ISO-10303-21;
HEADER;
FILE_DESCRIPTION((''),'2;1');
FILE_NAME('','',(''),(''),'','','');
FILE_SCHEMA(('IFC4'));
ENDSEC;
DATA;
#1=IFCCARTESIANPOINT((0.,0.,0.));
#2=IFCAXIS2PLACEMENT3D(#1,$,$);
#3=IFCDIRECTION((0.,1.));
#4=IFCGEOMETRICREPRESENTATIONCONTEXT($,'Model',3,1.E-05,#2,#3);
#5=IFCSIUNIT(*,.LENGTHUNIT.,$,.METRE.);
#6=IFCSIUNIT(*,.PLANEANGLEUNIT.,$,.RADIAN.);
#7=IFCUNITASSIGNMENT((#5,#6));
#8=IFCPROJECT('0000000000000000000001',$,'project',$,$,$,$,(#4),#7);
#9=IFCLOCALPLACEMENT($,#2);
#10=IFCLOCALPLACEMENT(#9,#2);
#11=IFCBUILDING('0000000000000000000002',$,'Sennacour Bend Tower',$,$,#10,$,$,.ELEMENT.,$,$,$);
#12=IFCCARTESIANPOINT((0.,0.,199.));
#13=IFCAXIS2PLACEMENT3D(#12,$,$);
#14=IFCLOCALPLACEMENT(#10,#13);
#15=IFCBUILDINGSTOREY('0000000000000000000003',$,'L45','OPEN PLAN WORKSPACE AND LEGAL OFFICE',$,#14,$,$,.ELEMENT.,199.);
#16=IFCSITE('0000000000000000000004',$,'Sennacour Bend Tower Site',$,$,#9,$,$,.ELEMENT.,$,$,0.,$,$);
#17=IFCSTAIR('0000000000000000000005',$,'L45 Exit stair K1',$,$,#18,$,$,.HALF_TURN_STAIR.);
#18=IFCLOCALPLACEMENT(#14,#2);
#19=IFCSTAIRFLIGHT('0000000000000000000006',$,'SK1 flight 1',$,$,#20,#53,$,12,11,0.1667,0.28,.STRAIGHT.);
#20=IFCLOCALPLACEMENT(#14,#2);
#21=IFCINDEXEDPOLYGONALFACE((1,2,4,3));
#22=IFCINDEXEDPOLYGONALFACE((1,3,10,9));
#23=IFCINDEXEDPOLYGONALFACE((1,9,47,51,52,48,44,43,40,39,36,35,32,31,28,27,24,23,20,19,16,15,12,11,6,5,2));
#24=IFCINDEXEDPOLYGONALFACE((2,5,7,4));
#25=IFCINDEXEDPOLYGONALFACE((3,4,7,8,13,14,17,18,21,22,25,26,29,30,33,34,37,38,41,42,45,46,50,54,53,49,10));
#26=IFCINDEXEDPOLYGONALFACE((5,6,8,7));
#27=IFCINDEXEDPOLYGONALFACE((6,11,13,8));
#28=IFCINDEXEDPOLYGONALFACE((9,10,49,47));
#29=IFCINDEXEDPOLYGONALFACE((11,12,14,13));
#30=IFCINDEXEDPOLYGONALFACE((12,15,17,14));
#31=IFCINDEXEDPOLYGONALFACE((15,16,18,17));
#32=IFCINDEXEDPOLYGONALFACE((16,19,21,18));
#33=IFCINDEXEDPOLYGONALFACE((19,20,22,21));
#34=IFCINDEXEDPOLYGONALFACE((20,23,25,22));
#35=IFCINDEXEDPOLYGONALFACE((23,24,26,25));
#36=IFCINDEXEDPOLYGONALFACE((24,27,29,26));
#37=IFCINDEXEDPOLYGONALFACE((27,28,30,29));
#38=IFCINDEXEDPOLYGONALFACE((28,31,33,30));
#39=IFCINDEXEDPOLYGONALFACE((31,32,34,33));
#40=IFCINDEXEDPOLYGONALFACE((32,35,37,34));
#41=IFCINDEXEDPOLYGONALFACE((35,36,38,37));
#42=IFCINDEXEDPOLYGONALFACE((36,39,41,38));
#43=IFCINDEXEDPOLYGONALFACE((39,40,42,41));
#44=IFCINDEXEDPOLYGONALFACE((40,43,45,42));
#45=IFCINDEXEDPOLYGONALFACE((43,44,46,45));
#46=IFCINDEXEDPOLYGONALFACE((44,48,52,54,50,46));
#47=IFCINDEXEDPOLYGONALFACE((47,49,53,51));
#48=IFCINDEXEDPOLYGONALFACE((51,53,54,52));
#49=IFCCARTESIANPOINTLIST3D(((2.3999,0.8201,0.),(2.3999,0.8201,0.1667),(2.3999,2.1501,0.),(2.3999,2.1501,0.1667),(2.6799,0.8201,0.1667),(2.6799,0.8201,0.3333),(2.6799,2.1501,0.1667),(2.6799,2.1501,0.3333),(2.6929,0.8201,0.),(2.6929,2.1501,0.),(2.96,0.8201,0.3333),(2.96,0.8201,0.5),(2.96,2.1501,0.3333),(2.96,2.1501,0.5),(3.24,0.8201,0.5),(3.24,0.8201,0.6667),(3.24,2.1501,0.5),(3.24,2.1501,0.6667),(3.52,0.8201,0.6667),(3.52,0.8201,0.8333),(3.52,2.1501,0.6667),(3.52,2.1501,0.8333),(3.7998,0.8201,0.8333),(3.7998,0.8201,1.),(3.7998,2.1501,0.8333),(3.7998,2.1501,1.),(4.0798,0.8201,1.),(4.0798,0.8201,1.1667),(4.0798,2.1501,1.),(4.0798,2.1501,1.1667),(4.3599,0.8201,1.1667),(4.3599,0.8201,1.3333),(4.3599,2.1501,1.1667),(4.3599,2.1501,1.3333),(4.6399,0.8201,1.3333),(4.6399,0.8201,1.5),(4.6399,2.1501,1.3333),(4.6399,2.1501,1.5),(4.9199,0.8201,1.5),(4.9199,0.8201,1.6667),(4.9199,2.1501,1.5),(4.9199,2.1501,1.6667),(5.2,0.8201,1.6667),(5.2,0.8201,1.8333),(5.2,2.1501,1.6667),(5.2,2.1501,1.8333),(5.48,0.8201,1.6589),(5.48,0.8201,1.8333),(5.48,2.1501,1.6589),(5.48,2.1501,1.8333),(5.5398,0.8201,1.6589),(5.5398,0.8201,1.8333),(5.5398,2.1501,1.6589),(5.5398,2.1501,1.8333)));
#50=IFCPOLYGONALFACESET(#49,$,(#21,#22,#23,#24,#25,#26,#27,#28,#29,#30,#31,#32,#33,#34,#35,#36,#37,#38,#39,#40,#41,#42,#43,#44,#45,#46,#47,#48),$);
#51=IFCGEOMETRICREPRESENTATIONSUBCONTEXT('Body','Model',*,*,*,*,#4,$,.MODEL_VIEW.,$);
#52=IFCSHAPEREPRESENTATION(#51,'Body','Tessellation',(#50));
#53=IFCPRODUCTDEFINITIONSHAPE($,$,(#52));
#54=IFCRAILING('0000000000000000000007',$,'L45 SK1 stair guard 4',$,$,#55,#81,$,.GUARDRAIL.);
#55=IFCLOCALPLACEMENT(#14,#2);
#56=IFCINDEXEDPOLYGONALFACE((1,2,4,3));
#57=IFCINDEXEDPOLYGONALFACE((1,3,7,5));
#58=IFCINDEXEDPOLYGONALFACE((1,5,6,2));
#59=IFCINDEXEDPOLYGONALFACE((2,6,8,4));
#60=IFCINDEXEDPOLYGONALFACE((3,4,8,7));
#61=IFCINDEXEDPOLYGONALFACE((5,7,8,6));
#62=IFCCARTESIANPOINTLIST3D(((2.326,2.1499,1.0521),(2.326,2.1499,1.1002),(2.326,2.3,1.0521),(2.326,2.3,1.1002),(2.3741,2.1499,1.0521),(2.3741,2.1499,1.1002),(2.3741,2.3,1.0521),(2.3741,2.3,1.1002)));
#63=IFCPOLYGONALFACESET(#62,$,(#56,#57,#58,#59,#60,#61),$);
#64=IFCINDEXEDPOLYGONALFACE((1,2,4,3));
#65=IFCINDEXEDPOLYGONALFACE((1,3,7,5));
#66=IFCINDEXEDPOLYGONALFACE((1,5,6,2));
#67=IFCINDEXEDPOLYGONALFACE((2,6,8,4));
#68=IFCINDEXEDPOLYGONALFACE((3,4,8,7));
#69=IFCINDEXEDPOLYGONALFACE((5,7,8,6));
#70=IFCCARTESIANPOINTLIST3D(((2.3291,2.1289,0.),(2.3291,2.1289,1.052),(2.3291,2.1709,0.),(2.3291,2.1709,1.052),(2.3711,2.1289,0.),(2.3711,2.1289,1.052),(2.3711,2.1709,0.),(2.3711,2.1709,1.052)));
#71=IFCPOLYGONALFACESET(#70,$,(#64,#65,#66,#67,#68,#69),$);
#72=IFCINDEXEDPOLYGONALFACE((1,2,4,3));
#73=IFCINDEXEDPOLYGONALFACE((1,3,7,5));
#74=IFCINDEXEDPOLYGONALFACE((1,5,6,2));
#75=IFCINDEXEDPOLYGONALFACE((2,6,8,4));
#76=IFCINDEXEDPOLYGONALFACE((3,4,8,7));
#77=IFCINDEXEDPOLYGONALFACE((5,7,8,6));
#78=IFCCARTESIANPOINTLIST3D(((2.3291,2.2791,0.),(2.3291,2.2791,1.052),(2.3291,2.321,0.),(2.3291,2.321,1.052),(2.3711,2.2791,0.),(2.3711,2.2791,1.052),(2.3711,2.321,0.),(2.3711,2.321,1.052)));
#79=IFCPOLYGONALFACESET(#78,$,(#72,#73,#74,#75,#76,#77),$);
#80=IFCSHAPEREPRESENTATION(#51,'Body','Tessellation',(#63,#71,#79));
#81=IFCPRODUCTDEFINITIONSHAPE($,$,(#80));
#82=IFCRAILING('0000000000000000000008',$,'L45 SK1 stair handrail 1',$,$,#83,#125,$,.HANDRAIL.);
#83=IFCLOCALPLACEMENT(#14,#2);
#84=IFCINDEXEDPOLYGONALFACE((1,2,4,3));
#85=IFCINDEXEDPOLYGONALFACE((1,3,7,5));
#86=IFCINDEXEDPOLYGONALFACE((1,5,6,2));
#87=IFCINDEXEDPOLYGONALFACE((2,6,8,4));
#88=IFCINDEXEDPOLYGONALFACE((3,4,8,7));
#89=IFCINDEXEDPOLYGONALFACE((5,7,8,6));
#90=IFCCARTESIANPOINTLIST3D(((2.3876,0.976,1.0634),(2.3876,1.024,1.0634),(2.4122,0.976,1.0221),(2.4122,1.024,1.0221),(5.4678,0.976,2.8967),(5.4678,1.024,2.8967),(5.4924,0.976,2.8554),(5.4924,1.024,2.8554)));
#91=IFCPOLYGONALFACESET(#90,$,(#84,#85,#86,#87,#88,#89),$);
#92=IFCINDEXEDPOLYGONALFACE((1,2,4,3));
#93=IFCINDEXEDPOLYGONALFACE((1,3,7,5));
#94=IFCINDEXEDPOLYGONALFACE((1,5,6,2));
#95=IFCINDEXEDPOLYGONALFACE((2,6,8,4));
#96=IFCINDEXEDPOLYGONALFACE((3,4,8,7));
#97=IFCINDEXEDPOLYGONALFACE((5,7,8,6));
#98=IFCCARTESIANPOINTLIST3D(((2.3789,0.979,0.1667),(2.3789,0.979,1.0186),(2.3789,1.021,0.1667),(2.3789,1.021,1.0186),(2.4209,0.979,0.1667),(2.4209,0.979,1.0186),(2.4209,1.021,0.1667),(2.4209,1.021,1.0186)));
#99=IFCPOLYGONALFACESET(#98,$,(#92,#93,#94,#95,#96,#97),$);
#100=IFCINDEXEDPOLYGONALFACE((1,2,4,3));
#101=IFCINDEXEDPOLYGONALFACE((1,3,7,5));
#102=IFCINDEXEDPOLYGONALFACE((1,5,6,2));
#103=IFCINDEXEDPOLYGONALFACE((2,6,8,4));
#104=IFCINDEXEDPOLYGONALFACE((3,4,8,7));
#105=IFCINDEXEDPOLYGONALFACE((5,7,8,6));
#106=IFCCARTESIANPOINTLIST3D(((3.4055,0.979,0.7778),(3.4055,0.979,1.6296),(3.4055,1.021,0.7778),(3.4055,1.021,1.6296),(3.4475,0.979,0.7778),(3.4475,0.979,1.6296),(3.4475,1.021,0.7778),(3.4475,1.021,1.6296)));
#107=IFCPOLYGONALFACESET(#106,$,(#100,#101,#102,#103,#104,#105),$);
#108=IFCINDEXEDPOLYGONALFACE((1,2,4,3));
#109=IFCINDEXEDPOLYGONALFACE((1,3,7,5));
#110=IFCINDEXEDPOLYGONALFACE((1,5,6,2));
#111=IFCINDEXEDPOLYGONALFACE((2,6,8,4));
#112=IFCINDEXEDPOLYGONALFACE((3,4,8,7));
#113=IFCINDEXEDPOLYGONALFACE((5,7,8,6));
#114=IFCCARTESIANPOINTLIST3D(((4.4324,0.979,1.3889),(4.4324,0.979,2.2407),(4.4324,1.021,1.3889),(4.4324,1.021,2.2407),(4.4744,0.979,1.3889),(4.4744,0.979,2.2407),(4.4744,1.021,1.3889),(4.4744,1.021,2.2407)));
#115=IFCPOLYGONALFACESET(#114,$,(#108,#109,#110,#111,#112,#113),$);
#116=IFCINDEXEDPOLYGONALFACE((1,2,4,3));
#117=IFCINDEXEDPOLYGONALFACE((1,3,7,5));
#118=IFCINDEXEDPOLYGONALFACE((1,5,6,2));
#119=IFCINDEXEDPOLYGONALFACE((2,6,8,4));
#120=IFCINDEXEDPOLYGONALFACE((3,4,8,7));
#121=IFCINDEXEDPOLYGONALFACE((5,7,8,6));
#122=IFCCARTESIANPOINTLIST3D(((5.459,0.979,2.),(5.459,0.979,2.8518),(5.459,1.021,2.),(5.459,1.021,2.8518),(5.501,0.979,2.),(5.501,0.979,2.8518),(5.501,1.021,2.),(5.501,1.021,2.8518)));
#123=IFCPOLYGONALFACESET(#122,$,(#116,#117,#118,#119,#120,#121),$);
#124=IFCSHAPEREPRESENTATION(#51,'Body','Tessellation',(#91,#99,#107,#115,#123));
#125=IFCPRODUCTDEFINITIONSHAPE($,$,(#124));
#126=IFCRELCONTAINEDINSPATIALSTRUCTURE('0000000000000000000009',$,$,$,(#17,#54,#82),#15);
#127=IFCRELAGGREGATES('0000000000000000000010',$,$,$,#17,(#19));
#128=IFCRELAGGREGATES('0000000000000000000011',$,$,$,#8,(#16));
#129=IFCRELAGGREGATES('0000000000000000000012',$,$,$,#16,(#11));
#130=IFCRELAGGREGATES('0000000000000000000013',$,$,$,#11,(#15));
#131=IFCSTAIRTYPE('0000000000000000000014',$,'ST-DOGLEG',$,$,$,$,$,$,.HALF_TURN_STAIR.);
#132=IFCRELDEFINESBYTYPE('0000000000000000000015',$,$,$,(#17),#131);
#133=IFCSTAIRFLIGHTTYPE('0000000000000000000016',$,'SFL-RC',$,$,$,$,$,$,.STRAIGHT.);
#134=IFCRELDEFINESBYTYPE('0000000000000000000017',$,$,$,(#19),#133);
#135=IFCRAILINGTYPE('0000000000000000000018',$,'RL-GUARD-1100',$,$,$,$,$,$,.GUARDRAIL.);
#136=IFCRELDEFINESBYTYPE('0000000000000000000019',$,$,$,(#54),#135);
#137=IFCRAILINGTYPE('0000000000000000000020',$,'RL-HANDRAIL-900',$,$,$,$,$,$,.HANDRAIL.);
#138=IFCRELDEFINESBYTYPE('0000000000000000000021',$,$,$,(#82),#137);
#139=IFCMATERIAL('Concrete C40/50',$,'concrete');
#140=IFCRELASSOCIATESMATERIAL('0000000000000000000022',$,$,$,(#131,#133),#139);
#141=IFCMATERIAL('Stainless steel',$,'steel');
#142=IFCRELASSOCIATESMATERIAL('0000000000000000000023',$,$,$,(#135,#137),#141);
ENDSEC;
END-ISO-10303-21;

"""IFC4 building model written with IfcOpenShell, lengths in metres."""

from ifc_helpers import new_model, si_unit, direction, frame, origin, origin_2d, place, context, subcontext, project, spatial, polyline, rectangle, outline, extrude, material, type_object, element, aggregate, save


model = new_model("IFC4")

# Units and contexts
model_context = context("Model", 3, precision=1e-05, world=origin(), true_north=direction((0.0, 1.0)))
body_context = subcontext(model_context, "Body", "Model", "MODEL_VIEW")
ifc_project = project(units=[si_unit("LENGTHUNIT", "METRE"), si_unit("PLANEANGLEUNIT", "RADIAN")], contexts=[model_context])

# Site, building, storey
site_placement = place(None, origin())
site = spatial("IfcSite", under=ifc_project, at=site_placement, Name="Sennacour Bend Tower Site", CompositionType="ELEMENT", RefElevation=0.0)
building_placement = place(site_placement, origin())
building = spatial("IfcBuilding", under=site, at=building_placement, Name="Sennacour Bend Tower", CompositionType="ELEMENT")
storey_placement = place(building_placement, frame((0.0, 0.0, 199.0)))
storey = spatial("IfcBuildingStorey", under=building, at=storey_placement, Name="L45", Description="OPEN PLAN WORKSPACE AND LEGAL OFFICE", CompositionType="ELEMENT", Elevation=199.0)

# Stair, stair flight
ifc_material_1 = material(Name="Concrete C40/50", Category="concrete")
stair_type = type_object("IfcStairType", Name="ST-DOGLEG", PredefinedType="HALF_TURN_STAIR", material=ifc_material_1)
stair_placement = place(storey_placement, origin())
stair = element("IfcStair", 1, at=stair_placement, inside=storey, type_object=stair_type, Name="L45 Exit stair K1", PredefinedType="HALF_TURN_STAIR")
stair_flight_type = type_object("IfcStairFlightType", Name="SFL-RC", PredefinedType="STRAIGHT", material=ifc_material_1)
stair_flight_placement = place(storey_placement, frame((2.3999, 1.4851, 0.0), z_axis=(0.0, 0.0, 1.0), x_axis=(1.0, 0.0, 0.0)))
stair_flight = element("IfcStairFlight", 2, at=stair_flight_placement, type_object=stair_flight_type, Name="SK1 flight 1", NumberOfRisers=12, NumberOfTreads=11, PredefinedType="STRAIGHT", RiserHeight=0.1667, TreadLength=0.28, context=body_context, shape_type="SweptSolid", body=[
    extrude(outline(polyline([(0.0, 0.0), (0.0, 0.1667), (0.28, 0.1667), (0.28, 0.3333), (0.5601, 0.3333), (0.5601, 0.5), (0.8401, 0.5), (0.8401, 0.6667), (1.1201, 0.6667), (1.1201, 0.8333), (1.3999, 0.8333), (1.3999, 1.0), (1.6799, 1.0), (1.6799, 1.1667), (1.96, 1.1667), (1.96, 1.3333), (2.24, 1.3333), (2.24, 1.5), (2.52, 1.5), (2.52, 1.6667), (2.8, 1.6667), (2.8, 1.8333), (3.0801, 1.8333), (3.1399, 1.8333), (3.1399, 1.6589), (3.0801, 1.6589), (0.293, 0.0), (0.0, 0.0)])), frame((0.0, 0.665, 0.0), z_axis=(0.0, -1.0, 0.0), x_axis=(1.0, 0.0, 0.0)), (0.0, 0.0, 1.0), 1.3301),
])
aggregate(stair, [stair_flight])

# Railings
ifc_material_2 = material(Name="Stainless steel", Category="steel")
railing_type_1 = type_object("IfcRailingType", Name="RL-GUARD-1100", PredefinedType="GUARDRAIL", material=ifc_material_2)
railing_1_placement = place(storey_placement, frame((2.3501, 2.1499, 0.0)))
element("IfcRailing", 3, at=railing_1_placement, inside=storey, type_object=railing_type_1, Name="L45 SK1 stair guard 4", PredefinedType="GUARDRAIL", context=body_context, shape_type="SweptSolid", body=[
    extrude(rectangle(XDim=0.0481, YDim=0.0481, at=origin_2d()), frame((0.0, 0.0, 1.0762), z_axis=(0.0, 1.0, 0.0), x_axis=(-1.0, 0.0, 0.0)), (0.0, 0.0, 1.0), 0.1501),
    extrude(rectangle(XDim=0.042, YDim=0.042, at=origin_2d()), origin(), (0.0, 0.0, 1.0), 1.052),
    extrude(rectangle(XDim=0.042, YDim=0.042, at=origin_2d()), frame((0.0, 0.1501, 0.0)), (0.0, 0.0, 1.0), 1.052),
])
railing_type_2 = type_object("IfcRailingType", Name="RL-HANDRAIL-900", PredefinedType="HANDRAIL", material=ifc_material_2)
railing_2_placement = place(storey_placement, frame((2.3999, 1.0, 0.1667)))
element("IfcRailing", 4, at=railing_2_placement, inside=storey, type_object=railing_type_2, Name="L45 SK1 stair handrail 1", PredefinedType="HANDRAIL", context=body_context, shape_type="SweptSolid", body=[
    extrude(rectangle(XDim=0.0481, YDim=0.0481, at=origin_2d()), frame((0.0, 0.0, 0.876), z_axis=(0.859309, 0.0, 0.511458), x_axis=(0.0, 1.0, 0.0)), (0.0, 0.0, 1.0), 3.5845),
    extrude(rectangle(XDim=0.042, YDim=0.042, at=origin_2d()), origin(), (0.0, 0.0, 1.0), 0.8518),
    extrude(rectangle(XDim=0.042, YDim=0.042, at=origin_2d()), frame((1.0266, 0.0, 0.6111)), (0.0, 0.0, 1.0), 0.8518),
    extrude(rectangle(XDim=0.042, YDim=0.042, at=origin_2d()), frame((2.0535, 0.0, 1.2222)), (0.0, 0.0, 1.0), 0.8518),
    extrude(rectangle(XDim=0.042, YDim=0.042, at=origin_2d()), frame((3.0801, 0.0, 1.8333)), (0.0, 0.0, 1.0), 0.8518),
])

save(model, "model.ifc")
